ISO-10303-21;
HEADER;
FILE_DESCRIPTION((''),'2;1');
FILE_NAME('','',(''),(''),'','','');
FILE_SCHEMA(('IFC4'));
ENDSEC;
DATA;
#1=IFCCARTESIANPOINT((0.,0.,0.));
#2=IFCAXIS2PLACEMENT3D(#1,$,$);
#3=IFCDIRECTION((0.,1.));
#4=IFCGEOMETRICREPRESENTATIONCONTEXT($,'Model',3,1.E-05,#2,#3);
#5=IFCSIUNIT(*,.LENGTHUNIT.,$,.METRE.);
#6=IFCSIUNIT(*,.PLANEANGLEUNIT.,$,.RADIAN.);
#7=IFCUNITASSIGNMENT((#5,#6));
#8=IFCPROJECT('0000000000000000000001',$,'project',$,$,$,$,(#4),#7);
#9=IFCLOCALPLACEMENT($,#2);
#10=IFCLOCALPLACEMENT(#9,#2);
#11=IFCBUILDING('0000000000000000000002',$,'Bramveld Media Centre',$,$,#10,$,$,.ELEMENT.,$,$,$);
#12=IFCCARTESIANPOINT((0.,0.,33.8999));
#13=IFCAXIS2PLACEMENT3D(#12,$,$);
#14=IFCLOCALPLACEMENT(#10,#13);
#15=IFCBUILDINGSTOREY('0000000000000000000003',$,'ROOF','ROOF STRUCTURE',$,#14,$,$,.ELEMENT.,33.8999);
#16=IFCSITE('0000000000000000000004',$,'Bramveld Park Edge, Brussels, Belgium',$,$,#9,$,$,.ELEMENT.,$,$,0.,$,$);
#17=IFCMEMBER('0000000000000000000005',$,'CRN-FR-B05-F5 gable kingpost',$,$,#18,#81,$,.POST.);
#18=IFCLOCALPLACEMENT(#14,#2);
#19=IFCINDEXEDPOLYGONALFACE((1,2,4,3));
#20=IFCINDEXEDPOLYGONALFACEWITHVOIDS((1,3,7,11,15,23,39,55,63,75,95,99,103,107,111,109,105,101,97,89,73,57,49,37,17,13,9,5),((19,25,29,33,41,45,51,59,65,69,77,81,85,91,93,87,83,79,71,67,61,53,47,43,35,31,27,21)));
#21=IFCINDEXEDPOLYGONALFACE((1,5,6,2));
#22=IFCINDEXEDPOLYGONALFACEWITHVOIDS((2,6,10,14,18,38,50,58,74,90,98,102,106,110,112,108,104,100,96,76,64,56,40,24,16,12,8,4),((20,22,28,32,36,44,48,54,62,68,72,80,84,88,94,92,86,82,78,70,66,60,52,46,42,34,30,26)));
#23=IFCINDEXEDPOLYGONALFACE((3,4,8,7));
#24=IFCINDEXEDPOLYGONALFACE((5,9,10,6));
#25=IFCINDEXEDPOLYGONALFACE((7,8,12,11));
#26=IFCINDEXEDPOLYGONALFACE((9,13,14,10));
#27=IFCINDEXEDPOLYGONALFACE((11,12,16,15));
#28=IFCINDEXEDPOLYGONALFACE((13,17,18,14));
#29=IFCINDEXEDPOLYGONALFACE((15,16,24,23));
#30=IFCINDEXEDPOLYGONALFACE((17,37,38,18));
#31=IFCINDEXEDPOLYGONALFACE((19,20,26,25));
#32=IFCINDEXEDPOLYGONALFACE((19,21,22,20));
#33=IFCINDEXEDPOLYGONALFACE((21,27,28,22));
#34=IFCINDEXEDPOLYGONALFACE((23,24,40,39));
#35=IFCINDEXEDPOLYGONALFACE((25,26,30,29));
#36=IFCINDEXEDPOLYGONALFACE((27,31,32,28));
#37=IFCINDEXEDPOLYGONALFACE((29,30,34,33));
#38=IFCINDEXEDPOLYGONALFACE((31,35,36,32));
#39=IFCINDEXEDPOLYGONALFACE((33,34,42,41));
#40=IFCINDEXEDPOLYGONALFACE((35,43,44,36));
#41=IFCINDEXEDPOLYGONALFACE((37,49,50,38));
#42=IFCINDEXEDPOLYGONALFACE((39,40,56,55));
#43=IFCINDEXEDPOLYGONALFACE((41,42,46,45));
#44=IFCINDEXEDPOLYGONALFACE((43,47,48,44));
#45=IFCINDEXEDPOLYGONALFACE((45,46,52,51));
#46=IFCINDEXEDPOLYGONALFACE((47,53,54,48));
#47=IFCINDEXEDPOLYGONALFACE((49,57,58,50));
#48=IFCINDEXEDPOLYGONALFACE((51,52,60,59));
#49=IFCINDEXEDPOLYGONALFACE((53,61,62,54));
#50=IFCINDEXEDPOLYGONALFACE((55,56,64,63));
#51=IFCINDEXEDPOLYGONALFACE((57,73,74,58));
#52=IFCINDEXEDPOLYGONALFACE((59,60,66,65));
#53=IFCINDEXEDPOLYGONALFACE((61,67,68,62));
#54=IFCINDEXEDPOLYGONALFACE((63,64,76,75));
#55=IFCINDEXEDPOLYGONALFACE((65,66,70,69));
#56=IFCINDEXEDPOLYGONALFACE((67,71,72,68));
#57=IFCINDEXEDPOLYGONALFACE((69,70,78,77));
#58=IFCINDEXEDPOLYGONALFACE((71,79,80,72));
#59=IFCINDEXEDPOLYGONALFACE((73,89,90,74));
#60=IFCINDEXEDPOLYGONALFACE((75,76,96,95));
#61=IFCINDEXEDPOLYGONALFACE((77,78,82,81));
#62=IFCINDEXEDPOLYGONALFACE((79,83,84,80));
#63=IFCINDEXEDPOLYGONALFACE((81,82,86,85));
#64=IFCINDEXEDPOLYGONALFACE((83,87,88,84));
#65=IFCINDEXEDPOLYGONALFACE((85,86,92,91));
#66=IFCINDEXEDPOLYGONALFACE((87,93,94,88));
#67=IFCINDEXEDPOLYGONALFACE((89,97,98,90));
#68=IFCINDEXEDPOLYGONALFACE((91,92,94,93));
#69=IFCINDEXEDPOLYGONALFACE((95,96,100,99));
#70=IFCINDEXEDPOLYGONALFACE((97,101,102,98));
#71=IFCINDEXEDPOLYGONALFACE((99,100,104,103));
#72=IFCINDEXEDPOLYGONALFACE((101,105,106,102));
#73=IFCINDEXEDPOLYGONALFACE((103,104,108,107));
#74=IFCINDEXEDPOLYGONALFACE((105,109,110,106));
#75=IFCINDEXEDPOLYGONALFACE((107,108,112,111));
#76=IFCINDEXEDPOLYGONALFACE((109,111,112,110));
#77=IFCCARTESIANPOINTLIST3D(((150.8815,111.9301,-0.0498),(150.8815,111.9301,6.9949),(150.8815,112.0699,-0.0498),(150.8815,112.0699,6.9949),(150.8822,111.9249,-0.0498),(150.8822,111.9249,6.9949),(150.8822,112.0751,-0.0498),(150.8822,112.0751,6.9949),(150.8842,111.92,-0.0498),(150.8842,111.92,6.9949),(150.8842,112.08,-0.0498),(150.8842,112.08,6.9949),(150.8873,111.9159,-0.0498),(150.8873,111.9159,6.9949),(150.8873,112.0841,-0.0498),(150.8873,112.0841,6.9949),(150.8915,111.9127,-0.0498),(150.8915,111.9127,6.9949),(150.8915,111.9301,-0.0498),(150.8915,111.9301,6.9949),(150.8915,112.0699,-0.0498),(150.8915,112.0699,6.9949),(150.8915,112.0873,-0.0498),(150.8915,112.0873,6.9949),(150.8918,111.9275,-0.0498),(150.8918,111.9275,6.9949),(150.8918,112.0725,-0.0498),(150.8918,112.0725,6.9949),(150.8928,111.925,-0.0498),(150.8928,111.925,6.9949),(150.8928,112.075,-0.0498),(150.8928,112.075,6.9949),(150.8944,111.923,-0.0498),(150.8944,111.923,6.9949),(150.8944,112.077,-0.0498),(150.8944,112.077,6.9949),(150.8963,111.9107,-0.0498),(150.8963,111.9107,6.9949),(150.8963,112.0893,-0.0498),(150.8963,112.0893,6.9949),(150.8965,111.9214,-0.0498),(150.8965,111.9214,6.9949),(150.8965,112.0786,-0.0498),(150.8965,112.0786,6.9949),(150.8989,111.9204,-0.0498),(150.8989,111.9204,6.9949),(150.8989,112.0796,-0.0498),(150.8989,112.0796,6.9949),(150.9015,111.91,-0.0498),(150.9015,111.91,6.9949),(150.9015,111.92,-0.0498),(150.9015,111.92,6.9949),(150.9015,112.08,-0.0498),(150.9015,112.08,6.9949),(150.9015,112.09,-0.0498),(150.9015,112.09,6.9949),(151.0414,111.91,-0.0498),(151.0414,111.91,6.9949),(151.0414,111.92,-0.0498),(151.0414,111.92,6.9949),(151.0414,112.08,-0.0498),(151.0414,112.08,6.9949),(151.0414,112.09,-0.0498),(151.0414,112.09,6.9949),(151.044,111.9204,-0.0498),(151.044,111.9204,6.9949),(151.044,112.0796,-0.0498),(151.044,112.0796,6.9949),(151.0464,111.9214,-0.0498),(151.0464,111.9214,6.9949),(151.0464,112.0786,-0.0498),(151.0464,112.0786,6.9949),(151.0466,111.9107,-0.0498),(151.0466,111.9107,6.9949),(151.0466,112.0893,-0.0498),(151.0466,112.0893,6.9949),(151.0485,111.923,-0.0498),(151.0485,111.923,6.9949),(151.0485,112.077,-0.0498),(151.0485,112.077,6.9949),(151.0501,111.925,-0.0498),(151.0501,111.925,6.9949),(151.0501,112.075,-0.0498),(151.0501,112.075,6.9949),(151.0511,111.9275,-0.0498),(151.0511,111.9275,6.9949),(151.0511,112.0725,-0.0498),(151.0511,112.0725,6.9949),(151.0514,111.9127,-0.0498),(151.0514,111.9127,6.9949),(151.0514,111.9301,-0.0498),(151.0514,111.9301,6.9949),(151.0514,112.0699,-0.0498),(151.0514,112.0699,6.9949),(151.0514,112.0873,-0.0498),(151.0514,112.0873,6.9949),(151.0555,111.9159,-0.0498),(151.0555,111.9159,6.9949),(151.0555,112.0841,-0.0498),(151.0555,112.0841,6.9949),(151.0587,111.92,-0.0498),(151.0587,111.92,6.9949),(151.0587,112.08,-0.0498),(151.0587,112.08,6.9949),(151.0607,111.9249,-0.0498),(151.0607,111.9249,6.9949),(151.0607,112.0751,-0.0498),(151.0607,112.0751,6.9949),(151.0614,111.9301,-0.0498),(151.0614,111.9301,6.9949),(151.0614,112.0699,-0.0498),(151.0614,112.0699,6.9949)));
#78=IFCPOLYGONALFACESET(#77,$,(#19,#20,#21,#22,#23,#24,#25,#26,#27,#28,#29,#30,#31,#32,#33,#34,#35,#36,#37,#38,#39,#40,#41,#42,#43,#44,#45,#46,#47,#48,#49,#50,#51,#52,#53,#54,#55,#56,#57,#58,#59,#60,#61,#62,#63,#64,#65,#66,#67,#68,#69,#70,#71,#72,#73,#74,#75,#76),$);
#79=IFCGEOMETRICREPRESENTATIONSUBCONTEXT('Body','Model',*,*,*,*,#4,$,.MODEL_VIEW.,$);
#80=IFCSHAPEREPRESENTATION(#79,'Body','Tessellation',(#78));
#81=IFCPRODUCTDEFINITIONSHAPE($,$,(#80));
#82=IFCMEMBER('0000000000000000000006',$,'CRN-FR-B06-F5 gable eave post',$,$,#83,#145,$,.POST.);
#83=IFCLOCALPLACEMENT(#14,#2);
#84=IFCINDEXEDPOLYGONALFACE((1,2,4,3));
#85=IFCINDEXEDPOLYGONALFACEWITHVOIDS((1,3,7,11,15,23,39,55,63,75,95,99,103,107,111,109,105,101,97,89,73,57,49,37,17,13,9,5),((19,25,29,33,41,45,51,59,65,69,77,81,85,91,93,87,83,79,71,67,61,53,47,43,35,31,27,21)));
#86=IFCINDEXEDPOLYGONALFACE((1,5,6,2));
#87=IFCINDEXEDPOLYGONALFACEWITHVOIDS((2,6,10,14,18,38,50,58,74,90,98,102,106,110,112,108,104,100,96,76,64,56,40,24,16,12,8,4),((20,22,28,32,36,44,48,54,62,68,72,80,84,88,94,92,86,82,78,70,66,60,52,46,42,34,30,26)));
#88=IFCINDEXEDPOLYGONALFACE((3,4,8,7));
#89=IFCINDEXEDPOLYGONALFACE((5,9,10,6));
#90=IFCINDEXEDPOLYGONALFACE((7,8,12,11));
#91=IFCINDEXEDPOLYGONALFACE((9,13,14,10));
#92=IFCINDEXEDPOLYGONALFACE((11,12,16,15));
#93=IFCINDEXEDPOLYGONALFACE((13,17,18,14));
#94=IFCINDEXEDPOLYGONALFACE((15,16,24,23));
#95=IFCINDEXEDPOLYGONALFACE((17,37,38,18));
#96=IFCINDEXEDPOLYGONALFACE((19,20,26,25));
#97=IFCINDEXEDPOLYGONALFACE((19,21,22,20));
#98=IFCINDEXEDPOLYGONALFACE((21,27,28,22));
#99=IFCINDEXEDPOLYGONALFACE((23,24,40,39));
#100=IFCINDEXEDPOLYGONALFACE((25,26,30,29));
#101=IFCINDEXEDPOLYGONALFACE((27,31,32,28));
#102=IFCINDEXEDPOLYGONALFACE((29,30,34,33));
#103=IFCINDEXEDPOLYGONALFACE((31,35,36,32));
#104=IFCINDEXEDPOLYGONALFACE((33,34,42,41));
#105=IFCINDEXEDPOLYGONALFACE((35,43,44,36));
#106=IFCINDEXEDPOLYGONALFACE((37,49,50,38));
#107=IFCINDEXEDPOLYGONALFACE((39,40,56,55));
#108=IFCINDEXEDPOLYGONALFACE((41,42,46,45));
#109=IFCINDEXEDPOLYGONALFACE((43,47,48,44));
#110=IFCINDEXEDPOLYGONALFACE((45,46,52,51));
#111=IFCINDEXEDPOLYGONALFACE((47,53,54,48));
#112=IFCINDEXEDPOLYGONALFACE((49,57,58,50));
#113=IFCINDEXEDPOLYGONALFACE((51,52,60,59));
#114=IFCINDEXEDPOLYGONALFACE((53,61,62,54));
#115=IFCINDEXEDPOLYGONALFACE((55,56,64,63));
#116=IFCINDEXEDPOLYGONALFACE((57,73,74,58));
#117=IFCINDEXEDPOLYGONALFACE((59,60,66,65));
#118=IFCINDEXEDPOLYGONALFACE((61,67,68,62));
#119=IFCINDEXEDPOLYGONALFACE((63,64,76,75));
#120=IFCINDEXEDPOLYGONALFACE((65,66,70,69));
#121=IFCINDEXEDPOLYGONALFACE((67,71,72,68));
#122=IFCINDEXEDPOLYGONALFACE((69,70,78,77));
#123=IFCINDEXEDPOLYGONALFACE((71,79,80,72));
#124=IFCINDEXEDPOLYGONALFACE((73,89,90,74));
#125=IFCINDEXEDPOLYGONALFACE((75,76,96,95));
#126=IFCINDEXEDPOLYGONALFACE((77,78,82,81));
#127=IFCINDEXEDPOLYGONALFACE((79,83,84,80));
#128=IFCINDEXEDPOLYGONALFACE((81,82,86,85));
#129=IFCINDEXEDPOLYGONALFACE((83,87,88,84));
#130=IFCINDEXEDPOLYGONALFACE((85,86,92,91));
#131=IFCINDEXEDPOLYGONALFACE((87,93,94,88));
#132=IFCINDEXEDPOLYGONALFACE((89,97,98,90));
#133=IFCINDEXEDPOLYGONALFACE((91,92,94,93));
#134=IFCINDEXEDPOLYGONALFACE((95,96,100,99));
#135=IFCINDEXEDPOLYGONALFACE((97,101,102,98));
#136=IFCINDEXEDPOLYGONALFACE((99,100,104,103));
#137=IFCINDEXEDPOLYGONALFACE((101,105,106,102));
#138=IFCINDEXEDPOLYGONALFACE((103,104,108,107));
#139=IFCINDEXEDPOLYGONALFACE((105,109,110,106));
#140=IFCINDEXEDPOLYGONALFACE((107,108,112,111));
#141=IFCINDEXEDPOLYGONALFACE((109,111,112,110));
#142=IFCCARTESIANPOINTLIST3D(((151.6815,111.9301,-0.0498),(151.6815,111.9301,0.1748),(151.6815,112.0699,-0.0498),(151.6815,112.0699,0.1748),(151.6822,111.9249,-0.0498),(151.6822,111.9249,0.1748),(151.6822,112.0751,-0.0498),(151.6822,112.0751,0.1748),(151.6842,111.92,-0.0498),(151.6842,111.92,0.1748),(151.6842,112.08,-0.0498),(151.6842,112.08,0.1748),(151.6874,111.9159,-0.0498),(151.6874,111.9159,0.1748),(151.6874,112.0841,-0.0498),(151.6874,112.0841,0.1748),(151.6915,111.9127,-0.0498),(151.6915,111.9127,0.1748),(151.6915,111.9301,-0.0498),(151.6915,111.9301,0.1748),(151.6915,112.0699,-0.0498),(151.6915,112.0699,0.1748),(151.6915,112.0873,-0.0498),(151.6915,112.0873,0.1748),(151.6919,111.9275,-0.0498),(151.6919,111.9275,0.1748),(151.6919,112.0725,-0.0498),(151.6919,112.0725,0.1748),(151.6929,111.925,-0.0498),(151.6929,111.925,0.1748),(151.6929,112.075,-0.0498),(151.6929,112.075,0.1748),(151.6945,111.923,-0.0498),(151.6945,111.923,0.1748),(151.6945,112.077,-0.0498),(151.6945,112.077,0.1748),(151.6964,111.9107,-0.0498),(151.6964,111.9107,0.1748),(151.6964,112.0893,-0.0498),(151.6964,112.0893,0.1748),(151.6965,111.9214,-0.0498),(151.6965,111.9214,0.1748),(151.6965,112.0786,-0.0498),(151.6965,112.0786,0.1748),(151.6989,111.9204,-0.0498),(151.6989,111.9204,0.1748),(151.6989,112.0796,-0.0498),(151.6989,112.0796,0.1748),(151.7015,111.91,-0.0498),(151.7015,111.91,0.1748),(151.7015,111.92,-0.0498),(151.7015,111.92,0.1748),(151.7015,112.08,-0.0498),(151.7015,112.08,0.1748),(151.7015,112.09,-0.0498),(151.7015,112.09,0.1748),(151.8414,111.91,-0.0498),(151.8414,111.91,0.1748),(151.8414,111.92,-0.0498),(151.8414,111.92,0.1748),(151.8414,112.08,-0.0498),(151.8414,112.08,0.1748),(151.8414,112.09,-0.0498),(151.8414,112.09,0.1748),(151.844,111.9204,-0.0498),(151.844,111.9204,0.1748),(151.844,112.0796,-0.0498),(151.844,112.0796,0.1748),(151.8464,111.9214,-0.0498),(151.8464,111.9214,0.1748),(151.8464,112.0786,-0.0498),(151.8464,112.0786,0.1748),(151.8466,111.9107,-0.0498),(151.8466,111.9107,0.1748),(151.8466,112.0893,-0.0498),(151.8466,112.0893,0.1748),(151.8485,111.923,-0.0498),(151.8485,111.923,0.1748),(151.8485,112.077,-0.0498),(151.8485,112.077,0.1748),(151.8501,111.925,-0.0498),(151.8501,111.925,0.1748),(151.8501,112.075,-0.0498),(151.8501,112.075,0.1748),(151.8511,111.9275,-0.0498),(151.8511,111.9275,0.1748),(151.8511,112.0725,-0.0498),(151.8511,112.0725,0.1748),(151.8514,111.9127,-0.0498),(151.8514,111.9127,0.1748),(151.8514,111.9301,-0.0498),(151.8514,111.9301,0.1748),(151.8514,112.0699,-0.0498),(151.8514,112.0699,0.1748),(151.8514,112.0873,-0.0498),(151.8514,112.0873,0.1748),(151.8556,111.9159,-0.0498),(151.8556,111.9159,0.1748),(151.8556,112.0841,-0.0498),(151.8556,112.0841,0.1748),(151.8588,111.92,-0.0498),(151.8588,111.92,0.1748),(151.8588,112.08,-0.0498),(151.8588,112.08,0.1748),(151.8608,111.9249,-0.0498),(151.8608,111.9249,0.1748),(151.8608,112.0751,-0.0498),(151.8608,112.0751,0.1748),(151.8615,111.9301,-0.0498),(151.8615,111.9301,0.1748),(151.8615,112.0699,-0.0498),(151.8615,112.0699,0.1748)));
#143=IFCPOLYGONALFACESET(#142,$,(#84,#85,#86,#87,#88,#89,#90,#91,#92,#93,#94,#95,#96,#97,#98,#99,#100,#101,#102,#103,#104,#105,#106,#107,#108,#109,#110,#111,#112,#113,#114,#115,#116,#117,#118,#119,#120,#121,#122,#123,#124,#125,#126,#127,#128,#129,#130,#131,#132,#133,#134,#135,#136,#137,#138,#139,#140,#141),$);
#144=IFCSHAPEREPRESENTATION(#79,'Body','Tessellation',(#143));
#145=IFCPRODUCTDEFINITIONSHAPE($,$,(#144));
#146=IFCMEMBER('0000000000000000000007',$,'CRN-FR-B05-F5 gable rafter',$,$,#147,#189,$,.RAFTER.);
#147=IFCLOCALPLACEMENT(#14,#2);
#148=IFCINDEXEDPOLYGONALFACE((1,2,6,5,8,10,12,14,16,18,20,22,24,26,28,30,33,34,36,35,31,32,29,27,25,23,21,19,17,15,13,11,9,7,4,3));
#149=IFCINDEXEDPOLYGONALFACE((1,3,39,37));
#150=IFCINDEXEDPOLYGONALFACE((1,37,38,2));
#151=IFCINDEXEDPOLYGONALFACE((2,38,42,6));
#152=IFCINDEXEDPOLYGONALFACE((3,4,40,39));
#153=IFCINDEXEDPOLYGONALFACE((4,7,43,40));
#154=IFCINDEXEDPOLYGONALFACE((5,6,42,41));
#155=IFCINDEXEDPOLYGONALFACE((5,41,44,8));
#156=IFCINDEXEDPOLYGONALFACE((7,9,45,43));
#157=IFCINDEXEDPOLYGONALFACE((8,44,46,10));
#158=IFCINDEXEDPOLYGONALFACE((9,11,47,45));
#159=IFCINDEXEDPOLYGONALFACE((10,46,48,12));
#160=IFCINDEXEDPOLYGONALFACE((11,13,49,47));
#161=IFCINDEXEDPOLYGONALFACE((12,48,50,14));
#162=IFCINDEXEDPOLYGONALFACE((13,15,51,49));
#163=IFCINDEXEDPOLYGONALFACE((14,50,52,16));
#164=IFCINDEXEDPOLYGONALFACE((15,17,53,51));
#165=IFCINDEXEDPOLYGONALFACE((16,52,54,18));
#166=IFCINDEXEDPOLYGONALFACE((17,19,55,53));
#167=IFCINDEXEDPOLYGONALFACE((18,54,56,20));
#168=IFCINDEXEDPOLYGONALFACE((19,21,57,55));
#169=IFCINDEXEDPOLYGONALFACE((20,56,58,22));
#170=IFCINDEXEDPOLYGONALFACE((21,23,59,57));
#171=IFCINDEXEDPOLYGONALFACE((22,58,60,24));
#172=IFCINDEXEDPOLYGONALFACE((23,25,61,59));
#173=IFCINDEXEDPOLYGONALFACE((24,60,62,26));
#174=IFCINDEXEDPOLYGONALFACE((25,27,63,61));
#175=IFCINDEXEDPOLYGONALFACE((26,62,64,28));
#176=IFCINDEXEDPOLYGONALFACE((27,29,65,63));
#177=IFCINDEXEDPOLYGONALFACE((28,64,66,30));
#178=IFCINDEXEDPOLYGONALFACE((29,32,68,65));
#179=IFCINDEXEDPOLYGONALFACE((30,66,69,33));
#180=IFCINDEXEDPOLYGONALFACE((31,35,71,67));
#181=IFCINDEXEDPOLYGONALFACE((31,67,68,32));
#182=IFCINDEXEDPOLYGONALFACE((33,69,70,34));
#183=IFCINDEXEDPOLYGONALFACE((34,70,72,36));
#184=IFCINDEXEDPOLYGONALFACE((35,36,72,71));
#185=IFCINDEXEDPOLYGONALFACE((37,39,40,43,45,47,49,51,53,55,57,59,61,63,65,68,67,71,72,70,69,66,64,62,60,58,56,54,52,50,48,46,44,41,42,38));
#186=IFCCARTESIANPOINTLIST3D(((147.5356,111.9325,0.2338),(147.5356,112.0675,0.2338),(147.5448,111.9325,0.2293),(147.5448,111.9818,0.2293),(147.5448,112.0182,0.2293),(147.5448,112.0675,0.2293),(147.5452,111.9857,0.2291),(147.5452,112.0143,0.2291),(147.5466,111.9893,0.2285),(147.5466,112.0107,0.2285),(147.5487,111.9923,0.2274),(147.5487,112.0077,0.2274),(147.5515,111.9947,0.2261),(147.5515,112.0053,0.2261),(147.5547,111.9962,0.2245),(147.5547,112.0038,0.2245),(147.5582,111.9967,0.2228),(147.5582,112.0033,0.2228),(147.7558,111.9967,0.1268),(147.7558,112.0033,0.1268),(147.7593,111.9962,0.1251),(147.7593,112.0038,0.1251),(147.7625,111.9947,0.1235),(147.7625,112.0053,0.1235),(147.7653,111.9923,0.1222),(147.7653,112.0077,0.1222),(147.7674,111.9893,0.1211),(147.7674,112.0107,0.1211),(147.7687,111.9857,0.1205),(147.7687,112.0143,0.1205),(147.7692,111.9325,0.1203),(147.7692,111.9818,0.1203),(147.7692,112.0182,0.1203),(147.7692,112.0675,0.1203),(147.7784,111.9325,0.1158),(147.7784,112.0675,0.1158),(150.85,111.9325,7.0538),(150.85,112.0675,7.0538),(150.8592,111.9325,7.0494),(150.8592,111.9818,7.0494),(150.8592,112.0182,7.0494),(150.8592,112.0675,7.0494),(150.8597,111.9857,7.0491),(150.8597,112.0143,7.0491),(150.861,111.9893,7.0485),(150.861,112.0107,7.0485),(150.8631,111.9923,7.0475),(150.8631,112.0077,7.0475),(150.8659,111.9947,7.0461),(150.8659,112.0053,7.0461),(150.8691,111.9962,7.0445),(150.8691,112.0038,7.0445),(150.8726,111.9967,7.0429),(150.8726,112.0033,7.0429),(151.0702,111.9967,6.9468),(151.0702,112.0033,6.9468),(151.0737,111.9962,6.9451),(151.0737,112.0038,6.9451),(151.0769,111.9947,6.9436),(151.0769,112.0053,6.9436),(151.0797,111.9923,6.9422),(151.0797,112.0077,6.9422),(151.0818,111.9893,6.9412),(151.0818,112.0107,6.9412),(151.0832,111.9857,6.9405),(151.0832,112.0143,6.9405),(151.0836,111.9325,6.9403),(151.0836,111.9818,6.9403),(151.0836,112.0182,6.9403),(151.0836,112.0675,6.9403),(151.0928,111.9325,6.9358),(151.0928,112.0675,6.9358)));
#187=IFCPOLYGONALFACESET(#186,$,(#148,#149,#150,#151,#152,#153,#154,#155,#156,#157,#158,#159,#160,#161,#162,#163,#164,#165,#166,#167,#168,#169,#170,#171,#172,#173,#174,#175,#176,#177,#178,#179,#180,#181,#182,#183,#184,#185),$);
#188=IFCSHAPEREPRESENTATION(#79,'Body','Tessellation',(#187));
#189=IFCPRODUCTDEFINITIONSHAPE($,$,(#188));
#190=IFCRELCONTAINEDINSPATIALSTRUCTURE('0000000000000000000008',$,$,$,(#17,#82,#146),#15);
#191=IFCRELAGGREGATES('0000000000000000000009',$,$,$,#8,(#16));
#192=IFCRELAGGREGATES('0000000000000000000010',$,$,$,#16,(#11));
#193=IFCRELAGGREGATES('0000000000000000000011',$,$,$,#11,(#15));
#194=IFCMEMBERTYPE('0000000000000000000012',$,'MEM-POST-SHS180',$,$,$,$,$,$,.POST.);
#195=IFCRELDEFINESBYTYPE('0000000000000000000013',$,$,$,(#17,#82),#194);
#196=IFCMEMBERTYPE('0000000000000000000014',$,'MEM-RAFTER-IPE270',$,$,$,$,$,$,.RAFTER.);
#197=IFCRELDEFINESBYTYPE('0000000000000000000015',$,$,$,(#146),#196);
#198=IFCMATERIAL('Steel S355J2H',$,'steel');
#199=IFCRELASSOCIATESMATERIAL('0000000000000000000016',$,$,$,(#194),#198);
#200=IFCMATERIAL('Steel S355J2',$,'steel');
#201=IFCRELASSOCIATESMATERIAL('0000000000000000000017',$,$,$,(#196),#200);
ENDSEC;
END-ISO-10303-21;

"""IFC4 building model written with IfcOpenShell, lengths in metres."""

from ifc_helpers import new_model, si_unit, direction, frame, origin, origin_2d, place, context, subcontext, project, spatial, hollow_rectangle, i_section, extrude, material, material_profile, profile_set, type_object, element, save


model = new_model("IFC4")

# Units and contexts
model_context = context("Model", 3, precision=1e-05, world=origin(), true_north=direction((0.0, 1.0)))
body_context = subcontext(model_context, "Body", "Model", "MODEL_VIEW")
ifc_project = project(units=[si_unit("LENGTHUNIT", "METRE"), si_unit("PLANEANGLEUNIT", "RADIAN")], contexts=[model_context])

# Site, building, storey
site_placement = place(None, origin())
site = spatial("IfcSite", under=ifc_project, at=site_placement, Name="Bramveld Park Edge, Brussels, Belgium", CompositionType="ELEMENT", RefElevation=0.0)
building_placement = place(site_placement, origin())
building = spatial("IfcBuilding", under=site, at=building_placement, Name="Bramveld Media Centre", CompositionType="ELEMENT")
storey_placement = place(building_placement, frame((0.0, 0.0, 33.8999)))
storey = spatial("IfcBuildingStorey", under=building, at=storey_placement, Name="ROOF", Description="ROOF STRUCTURE", CompositionType="ELEMENT", Elevation=33.8999)

# Members
ifc_material_1 = material(Name="Steel S355J2H", Category="steel")
ifc_material_profile_1 = material_profile(ifc_material_1, hollow_rectangle(XDim=0.1799, YDim=0.1799, WallThickness=0.01, InnerFilletRadius=0.01, OuterFilletRadius=0.02, at=origin_2d()), Name="SHS 180x180x10")
ifc_profile_set_1 = profile_set([ifc_material_profile_1], Name="Steel S355J2H")
member_type_1 = type_object("IfcMemberType", Name="MEM-POST-SHS180", PredefinedType="POST", material=ifc_profile_set_1)
member_1_placement = place(storey_placement, frame((150.9714, 112.0, -0.0498), z_axis=(0.0, 0.0, 1.0), x_axis=(1.0, 0.0, 0.0)))
element("IfcMember", 1, at=member_1_placement, inside=storey, type_object=member_type_1, Name="CRN-FR-B05-F5 gable kingpost", PredefinedType="POST", context=body_context, shape_type="SweptSolid", body=[
    extrude(hollow_rectangle(XDim=0.1799, YDim=0.1799, WallThickness=0.01, InnerFilletRadius=0.01, OuterFilletRadius=0.02, at=origin_2d()), origin(), (0.0, 0.0, 1.0), 7.0447),
])
member_2_placement = place(storey_placement, frame((151.7715, 112.0, -0.0498), z_axis=(0.0, 0.0, 1.0), x_axis=(1.0, 0.0, 0.0)))
element("IfcMember", 2, at=member_2_placement, inside=storey, type_object=member_type_1, Name="CRN-FR-B06-F5 gable eave post", PredefinedType="POST", context=body_context, shape_type="SweptSolid", body=[
    extrude(hollow_rectangle(XDim=0.1799, YDim=0.1799, WallThickness=0.01, InnerFilletRadius=0.01, OuterFilletRadius=0.02, at=origin_2d()), origin(), (0.0, 0.0, 1.0), 0.2246),
])
ifc_material_2 = material(Name="Steel S355J2", Category="steel")
ifc_material_profile_2 = material_profile(ifc_material_2, i_section(OverallWidth=0.135, OverallDepth=0.27, WebThickness=0.0066, FlangeThickness=0.0103, FilletRadius=0.0149, at=origin_2d()), Name="IPE 270")
ifc_profile_set_2 = profile_set([ifc_material_profile_2], Name="Steel S355J2")
member_type_2 = type_object("IfcMemberType", Name="MEM-RAFTER-IPE270", PredefinedType="RAFTER", material=ifc_profile_set_2)
for number, where, z_axis, x_axis, name in (
    (3, (147.657, 112.0, 0.1748), (0.437101, 0.0, 0.899412), (0.0, 1.0, 0.0), "CRN-FR-B05-F5 gable rafter"),
):
    element("IfcMember", number, at=place(storey_placement, frame(where, z_axis=z_axis, x_axis=x_axis)), inside=storey, type_object=member_type_2, Name=name, PredefinedType="RAFTER", context=body_context, shape_type="SweptSolid", body=[
        extrude(i_section(OverallWidth=0.135, OverallDepth=0.27, WebThickness=0.0066, FlangeThickness=0.0103, FilletRadius=0.0149, at=origin_2d()), origin(), (0.0, 0.0, 1.0), 7.5828),
    ])

save(model, "model.ifc")
